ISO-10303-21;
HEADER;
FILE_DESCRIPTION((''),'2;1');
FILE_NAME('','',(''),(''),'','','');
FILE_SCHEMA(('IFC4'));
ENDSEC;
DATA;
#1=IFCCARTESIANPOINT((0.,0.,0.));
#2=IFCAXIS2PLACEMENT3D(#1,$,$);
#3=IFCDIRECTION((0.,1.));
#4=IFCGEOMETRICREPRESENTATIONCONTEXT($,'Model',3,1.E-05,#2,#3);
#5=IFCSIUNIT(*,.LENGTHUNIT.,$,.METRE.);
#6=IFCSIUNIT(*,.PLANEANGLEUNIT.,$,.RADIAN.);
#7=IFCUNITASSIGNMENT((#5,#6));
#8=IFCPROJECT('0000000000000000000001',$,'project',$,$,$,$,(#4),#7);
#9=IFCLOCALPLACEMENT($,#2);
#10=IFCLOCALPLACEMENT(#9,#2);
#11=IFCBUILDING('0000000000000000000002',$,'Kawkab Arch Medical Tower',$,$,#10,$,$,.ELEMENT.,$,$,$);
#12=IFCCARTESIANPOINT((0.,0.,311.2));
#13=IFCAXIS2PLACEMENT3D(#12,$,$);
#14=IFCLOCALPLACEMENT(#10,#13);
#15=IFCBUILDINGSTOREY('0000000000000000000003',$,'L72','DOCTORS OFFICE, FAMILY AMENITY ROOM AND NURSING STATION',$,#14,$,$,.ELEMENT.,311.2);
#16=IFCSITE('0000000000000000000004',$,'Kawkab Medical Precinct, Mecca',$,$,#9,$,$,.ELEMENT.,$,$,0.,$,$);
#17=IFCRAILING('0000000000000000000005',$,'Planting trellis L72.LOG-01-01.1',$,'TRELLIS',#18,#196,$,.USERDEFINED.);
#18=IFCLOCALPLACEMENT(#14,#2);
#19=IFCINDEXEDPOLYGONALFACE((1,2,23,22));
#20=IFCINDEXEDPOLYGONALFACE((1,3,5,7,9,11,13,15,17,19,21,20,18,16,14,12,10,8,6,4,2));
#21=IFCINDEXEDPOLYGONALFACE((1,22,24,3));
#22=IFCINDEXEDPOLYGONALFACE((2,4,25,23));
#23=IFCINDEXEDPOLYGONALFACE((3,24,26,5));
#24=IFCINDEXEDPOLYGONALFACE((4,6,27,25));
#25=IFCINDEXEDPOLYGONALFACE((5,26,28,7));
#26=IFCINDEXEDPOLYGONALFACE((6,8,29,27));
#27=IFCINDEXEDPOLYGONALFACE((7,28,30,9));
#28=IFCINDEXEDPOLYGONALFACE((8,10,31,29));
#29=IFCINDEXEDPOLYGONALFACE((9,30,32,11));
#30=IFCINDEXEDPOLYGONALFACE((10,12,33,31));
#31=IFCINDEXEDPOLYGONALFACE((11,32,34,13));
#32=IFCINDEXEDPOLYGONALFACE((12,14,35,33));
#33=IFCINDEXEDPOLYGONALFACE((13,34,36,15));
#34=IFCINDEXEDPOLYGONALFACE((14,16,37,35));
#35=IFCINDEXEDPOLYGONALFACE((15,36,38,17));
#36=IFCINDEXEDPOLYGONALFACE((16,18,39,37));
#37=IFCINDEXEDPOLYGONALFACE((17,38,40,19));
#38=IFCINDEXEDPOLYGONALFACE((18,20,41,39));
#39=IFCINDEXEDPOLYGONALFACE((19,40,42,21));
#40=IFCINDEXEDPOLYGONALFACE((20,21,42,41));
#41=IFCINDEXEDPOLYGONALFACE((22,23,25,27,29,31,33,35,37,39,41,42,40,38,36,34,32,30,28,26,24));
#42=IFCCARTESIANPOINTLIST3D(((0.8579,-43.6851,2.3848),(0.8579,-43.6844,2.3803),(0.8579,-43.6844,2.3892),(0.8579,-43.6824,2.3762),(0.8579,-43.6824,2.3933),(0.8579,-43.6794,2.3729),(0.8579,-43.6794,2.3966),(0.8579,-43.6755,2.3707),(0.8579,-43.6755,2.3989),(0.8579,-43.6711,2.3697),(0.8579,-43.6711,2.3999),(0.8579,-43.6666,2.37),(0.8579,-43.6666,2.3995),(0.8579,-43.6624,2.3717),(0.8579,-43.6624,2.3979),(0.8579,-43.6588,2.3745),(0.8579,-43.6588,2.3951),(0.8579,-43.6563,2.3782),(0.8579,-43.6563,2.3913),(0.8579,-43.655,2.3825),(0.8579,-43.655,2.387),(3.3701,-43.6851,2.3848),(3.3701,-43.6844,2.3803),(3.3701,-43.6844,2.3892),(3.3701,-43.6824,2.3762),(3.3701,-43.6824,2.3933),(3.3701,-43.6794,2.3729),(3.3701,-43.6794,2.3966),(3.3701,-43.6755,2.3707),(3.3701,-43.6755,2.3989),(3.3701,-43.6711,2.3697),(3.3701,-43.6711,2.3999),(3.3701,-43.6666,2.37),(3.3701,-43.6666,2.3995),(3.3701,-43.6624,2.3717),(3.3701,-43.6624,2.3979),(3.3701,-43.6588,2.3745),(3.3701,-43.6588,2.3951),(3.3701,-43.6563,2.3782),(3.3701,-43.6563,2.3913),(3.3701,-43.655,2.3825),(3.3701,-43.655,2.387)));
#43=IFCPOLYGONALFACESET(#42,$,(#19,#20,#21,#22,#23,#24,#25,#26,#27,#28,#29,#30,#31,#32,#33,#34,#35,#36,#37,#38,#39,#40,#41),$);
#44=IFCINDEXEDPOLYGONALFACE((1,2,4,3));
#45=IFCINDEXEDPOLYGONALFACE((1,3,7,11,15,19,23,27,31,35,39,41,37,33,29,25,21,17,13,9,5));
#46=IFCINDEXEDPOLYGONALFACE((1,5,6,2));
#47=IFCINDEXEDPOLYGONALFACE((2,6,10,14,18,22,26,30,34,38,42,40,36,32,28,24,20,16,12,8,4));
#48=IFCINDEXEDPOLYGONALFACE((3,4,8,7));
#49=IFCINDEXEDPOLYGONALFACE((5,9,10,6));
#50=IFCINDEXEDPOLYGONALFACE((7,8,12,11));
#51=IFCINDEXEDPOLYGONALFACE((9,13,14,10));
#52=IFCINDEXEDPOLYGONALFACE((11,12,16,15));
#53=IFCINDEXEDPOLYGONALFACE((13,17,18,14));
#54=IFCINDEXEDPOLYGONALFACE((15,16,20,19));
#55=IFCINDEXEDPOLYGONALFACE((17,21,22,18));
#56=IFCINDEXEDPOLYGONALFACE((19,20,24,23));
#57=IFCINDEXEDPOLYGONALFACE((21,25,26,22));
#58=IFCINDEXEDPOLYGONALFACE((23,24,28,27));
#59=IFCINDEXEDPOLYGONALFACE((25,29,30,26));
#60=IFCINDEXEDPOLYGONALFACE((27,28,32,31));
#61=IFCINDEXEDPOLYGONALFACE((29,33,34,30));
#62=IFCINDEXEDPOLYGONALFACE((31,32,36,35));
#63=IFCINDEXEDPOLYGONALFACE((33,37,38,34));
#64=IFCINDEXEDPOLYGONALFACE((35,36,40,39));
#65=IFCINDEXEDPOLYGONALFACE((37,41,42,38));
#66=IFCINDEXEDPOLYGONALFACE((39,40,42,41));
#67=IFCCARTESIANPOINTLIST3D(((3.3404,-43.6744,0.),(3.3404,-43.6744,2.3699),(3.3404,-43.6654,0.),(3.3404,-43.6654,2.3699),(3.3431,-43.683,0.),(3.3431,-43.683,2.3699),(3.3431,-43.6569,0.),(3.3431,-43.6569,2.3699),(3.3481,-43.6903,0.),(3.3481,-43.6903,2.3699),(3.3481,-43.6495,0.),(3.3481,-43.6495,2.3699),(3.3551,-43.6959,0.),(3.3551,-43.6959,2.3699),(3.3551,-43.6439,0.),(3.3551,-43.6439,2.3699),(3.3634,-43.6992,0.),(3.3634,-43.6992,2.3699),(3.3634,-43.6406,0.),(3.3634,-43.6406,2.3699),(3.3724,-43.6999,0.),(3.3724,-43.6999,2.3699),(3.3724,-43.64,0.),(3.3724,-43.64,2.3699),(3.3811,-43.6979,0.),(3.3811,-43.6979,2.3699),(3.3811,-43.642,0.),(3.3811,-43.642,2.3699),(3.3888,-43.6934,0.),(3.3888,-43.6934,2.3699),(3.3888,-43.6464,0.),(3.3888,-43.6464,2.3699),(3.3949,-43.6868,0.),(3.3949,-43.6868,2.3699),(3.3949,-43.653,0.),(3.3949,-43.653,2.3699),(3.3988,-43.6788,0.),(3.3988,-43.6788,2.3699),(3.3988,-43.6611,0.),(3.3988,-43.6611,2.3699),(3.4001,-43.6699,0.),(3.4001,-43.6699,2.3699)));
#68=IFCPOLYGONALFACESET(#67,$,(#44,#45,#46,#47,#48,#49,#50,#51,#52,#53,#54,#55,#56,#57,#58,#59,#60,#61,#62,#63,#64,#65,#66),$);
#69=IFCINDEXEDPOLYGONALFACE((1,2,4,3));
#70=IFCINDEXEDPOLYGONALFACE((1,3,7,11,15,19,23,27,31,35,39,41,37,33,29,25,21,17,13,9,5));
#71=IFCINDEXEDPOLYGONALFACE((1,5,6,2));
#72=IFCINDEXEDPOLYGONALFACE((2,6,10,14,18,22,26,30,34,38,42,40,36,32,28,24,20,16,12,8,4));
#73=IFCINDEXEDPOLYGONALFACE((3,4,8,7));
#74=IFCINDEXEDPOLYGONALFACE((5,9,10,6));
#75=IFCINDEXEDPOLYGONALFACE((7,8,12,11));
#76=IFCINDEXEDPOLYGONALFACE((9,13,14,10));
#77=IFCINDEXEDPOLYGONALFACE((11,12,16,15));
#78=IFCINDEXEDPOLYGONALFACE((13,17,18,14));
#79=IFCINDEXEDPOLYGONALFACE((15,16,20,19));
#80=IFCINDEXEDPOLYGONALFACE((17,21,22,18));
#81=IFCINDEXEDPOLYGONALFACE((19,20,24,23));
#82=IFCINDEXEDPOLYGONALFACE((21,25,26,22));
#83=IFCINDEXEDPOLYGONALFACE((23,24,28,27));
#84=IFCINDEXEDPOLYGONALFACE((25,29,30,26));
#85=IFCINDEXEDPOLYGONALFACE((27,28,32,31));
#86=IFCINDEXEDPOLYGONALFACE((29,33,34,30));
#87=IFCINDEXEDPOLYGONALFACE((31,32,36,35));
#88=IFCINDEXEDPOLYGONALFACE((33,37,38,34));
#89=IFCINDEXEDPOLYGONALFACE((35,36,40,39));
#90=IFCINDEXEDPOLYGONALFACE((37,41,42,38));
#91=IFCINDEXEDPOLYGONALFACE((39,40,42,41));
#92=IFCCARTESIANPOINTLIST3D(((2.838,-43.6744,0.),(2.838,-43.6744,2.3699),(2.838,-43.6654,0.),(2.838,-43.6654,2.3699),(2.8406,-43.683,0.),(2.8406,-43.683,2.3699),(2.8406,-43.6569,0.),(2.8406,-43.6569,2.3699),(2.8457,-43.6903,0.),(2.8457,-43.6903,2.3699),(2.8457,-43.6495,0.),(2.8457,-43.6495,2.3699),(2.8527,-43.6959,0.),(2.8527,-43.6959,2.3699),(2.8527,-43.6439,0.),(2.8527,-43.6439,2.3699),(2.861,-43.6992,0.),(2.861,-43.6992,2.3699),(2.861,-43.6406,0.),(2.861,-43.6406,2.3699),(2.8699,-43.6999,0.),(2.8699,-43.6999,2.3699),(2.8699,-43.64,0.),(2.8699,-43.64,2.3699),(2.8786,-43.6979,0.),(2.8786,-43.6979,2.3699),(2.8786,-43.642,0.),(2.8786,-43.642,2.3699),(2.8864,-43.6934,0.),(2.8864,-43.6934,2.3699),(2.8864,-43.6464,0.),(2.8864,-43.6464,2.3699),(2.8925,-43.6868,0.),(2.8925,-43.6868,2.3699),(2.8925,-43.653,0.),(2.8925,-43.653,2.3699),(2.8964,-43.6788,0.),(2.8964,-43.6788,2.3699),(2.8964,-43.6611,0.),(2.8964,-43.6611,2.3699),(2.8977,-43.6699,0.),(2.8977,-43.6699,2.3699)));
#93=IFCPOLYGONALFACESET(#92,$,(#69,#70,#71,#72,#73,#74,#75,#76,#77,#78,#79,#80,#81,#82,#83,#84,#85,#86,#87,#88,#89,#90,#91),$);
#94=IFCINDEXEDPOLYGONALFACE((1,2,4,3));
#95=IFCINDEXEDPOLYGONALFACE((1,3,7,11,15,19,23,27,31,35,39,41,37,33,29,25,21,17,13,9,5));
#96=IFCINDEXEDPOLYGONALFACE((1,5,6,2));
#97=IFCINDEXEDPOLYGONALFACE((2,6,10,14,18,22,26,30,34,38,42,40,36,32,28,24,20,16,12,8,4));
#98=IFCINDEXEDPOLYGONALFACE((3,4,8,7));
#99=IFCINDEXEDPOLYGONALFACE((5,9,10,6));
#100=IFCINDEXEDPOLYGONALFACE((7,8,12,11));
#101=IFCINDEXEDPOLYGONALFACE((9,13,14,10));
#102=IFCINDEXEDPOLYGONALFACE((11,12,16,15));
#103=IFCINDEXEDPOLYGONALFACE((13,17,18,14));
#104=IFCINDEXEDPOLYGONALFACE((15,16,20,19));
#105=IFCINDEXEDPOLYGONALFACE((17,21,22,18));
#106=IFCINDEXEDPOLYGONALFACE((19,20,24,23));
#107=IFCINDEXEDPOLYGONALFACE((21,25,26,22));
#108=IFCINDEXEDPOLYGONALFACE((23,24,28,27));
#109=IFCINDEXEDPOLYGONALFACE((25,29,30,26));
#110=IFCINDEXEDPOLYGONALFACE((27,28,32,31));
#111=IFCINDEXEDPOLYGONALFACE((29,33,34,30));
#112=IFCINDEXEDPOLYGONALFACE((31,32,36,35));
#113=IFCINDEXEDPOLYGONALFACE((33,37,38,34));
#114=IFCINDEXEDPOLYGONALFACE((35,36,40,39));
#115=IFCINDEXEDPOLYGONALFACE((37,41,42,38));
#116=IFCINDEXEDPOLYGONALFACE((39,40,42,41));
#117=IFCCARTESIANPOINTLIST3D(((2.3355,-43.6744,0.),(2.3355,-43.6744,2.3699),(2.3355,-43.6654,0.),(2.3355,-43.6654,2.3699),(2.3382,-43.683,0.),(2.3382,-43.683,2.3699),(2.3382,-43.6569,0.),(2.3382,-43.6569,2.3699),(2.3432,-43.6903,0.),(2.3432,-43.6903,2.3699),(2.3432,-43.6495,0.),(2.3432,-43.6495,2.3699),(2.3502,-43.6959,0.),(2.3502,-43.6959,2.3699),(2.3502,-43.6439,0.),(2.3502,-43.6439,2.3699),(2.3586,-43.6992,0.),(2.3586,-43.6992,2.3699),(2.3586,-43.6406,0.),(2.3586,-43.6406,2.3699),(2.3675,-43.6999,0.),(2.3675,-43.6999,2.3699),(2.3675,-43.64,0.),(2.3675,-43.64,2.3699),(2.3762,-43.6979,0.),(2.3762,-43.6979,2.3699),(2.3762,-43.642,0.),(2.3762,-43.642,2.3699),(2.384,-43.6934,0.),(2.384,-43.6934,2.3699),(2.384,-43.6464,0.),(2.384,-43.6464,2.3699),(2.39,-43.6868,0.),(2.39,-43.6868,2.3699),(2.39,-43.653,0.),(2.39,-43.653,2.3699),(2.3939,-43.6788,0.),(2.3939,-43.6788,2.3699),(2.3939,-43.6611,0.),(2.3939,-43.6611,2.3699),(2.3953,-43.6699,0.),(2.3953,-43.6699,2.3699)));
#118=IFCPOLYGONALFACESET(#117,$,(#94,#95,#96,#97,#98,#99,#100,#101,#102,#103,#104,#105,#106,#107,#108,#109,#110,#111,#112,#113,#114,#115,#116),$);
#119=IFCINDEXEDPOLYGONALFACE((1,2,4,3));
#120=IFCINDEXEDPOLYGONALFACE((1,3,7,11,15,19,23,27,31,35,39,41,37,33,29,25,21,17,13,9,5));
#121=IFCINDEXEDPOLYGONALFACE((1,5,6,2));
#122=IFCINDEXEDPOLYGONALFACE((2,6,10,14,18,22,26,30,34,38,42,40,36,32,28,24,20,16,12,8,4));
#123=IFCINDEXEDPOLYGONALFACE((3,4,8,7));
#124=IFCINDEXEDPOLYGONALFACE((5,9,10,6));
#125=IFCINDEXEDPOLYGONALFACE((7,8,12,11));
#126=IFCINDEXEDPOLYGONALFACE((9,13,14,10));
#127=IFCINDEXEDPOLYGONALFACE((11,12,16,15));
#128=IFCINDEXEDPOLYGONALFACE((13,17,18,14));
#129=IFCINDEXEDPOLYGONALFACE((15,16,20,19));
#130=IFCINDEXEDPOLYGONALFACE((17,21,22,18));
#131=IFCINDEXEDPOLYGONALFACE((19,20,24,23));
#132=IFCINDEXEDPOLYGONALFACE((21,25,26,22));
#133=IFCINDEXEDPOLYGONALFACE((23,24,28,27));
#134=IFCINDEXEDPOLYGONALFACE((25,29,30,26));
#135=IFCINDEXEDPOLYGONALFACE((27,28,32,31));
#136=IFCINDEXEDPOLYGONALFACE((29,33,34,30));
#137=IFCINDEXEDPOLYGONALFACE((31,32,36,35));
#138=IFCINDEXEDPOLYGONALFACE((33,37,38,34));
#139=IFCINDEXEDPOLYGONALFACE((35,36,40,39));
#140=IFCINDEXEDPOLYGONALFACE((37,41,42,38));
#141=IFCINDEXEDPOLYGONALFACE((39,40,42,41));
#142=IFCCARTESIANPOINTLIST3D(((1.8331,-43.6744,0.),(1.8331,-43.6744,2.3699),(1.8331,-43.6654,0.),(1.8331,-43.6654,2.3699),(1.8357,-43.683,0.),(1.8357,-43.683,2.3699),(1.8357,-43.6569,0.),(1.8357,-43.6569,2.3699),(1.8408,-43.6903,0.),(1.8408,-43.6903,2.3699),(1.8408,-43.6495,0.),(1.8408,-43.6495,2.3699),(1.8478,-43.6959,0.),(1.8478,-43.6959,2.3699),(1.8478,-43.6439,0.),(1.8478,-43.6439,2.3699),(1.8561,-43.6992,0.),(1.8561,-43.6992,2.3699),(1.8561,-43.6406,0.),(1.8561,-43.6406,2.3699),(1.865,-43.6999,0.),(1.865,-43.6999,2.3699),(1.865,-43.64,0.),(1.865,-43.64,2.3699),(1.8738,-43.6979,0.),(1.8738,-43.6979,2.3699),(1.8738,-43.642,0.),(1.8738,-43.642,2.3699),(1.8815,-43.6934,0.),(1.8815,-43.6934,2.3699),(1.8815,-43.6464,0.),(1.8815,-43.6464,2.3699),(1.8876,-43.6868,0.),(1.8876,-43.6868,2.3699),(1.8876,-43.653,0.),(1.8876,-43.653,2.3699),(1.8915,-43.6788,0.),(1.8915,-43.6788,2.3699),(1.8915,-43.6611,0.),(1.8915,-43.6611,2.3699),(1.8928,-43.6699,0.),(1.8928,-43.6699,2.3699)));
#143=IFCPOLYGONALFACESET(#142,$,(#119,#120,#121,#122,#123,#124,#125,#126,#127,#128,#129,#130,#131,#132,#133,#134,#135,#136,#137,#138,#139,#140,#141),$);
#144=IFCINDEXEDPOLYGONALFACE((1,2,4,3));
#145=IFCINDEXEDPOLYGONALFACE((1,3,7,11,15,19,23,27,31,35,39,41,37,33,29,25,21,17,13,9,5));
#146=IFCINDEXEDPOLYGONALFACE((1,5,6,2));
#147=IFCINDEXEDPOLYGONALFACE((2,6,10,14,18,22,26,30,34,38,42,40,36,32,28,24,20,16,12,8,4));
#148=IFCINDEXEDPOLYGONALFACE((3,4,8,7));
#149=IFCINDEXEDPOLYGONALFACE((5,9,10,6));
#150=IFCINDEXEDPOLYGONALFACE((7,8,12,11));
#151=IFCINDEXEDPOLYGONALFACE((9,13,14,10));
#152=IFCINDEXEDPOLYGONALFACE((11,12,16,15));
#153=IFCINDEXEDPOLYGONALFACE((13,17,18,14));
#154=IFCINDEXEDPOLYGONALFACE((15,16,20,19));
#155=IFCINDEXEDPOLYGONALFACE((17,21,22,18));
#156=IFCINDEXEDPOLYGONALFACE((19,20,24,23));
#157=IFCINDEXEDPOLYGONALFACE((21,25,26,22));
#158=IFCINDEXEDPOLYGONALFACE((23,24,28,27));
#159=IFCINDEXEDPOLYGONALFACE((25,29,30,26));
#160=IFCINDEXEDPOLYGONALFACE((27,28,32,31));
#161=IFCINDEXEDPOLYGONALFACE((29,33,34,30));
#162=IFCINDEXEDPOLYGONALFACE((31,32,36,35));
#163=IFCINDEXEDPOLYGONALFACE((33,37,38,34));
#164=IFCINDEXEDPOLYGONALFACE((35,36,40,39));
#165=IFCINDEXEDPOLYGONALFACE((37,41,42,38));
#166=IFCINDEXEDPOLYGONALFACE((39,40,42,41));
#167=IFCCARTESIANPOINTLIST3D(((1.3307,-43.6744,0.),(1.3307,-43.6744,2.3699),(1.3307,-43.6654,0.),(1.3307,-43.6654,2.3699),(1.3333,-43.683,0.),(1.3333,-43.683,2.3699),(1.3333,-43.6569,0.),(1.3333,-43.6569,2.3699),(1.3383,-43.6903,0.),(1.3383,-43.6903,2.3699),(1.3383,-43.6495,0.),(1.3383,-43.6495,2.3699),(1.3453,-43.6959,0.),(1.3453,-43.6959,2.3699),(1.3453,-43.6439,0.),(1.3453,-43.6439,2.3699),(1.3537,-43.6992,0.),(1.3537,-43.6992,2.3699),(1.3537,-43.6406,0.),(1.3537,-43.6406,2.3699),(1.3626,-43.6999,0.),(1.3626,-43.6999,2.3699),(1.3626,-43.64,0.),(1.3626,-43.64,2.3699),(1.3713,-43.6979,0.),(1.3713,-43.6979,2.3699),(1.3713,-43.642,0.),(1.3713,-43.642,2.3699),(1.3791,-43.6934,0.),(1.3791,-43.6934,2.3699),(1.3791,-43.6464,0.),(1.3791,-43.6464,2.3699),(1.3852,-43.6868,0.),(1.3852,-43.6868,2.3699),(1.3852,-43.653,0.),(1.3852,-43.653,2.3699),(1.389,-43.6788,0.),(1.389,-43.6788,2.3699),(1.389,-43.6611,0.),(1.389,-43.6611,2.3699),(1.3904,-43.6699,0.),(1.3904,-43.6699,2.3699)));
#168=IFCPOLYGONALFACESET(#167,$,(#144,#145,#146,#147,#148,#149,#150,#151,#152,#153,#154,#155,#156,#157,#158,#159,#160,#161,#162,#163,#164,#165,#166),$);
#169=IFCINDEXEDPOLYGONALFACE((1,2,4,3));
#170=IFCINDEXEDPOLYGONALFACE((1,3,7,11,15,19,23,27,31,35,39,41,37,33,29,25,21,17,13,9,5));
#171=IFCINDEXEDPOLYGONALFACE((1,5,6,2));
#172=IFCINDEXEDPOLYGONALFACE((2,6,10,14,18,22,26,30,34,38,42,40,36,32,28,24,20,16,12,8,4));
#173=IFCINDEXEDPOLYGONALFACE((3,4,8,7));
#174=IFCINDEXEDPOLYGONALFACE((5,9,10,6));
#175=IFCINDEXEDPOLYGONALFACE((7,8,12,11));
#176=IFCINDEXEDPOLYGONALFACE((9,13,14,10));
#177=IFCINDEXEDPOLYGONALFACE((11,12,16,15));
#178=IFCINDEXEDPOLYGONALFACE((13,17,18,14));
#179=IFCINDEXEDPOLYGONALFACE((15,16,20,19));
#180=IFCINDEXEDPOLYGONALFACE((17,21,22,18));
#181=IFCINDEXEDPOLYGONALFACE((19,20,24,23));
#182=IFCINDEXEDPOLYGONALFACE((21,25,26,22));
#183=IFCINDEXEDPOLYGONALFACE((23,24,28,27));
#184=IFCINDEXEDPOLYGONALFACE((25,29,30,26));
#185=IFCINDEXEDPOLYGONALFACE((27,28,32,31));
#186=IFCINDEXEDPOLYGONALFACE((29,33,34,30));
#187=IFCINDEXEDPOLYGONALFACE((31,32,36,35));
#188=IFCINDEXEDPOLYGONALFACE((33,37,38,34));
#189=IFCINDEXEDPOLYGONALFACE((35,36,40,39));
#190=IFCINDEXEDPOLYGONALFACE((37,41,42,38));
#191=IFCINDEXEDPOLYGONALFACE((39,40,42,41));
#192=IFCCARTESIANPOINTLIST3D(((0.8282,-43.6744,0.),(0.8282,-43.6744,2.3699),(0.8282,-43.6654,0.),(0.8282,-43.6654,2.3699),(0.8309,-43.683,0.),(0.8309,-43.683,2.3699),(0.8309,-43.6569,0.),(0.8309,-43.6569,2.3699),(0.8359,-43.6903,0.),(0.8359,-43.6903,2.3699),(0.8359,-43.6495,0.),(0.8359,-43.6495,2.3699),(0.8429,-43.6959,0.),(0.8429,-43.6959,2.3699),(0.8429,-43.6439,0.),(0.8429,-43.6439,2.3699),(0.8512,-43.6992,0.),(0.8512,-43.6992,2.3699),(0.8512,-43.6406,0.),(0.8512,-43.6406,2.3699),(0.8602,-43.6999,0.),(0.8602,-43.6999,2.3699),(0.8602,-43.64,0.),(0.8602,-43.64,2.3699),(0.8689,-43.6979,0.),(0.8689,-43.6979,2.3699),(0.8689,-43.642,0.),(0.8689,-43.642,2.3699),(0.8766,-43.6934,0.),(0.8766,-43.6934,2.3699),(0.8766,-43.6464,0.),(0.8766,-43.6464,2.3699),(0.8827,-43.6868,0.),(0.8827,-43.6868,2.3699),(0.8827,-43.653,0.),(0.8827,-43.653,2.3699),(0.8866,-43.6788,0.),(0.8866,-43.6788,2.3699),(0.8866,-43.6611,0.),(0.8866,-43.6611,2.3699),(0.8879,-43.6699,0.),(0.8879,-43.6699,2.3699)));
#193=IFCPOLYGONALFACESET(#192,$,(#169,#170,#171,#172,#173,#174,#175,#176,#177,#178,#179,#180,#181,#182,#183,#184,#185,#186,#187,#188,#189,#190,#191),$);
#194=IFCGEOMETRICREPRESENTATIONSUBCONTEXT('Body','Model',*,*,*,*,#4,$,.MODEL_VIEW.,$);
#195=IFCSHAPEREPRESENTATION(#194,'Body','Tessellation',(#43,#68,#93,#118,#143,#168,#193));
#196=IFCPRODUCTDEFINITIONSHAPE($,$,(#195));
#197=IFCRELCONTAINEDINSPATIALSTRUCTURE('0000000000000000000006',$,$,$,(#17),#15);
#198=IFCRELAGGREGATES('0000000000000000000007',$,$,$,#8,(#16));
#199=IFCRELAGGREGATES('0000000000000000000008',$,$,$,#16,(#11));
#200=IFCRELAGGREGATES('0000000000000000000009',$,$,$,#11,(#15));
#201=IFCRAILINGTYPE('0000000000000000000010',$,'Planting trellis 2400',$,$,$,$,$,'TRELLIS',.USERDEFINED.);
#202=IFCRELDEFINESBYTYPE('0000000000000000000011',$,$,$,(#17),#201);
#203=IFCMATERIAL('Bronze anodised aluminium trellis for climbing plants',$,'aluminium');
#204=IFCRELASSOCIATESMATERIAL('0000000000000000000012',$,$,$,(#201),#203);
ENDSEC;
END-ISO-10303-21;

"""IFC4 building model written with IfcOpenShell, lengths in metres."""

from ifc_helpers import new_model, si_unit, direction, frame, origin, origin_2d, place, context, subcontext, project, spatial, circle, extrude, material, type_object, element, save


model = new_model("IFC4")

# Units and contexts
model_context = context("Model", 3, precision=1e-05, world=origin(), true_north=direction((0.0, 1.0)))
body_context = subcontext(model_context, "Body", "Model", "MODEL_VIEW")
ifc_project = project(units=[si_unit("LENGTHUNIT", "METRE"), si_unit("PLANEANGLEUNIT", "RADIAN")], contexts=[model_context])

# Site, building, storey
site_placement = place(None, origin())
site = spatial("IfcSite", under=ifc_project, at=site_placement, Name="Kawkab Medical Precinct, Mecca", CompositionType="ELEMENT", RefElevation=0.0)
building_placement = place(site_placement, origin())
building = spatial("IfcBuilding", under=site, at=building_placement, Name="Kawkab Arch Medical Tower", CompositionType="ELEMENT")
storey_placement = place(building_placement, frame((0.0, 0.0, 311.2)))
storey = spatial("IfcBuildingStorey", under=building, at=storey_placement, Name="L72", Description="DOCTORS OFFICE, FAMILY AMENITY ROOM AND NURSING STATION", CompositionType="ELEMENT", Elevation=311.2)

# Railing
ifc_material_1 = material(Name="Bronze anodised aluminium trellis for climbing plants", Category="aluminium")
railing_type_1 = type_object("IfcRailingType", Name="Planting trellis 2400", ElementType="TRELLIS", PredefinedType="USERDEFINED", material=ifc_material_1)
railing_1_placement = place(storey_placement, frame((3.3701, -43.6699, 0.0)))
element("IfcRailing", 1, at=railing_1_placement, inside=storey, type_object=railing_type_1, Name="Planting trellis L72.LOG-01-01.1", ObjectType="TRELLIS", PredefinedType="USERDEFINED", context=body_context, shape_type="SweptSolid", body=[
    extrude(circle(Radius=0.0151, at=origin_2d()), frame((0.0, 0.0, 2.3848), z_axis=(-1.0, 0.0, 0.0), x_axis=(0.0, -1.0, 0.0)), (0.0, 0.0, 1.0), 2.5122),
    extrude(circle(Radius=0.03, at=origin_2d()), origin(), (0.0, 0.0, 1.0), 2.3699),
    extrude(circle(Radius=0.03, at=origin_2d()), frame((-0.5024, 0.0, 0.0)), (0.0, 0.0, 1.0), 2.3699),
    extrude(circle(Radius=0.03, at=origin_2d()), frame((-1.0049, 0.0, 0.0)), (0.0, 0.0, 1.0), 2.3699),
    extrude(circle(Radius=0.03, at=origin_2d()), frame((-1.5073, 0.0, 0.0)), (0.0, 0.0, 1.0), 2.3699),
    extrude(circle(Radius=0.03, at=origin_2d()), frame((-2.0098, 0.0, 0.0)), (0.0, 0.0, 1.0), 2.3699),
    extrude(circle(Radius=0.03, at=origin_2d()), frame((-2.5122, 0.0, 0.0)), (0.0, 0.0, 1.0), 2.3699),
])

save(model, "model.ifc")
